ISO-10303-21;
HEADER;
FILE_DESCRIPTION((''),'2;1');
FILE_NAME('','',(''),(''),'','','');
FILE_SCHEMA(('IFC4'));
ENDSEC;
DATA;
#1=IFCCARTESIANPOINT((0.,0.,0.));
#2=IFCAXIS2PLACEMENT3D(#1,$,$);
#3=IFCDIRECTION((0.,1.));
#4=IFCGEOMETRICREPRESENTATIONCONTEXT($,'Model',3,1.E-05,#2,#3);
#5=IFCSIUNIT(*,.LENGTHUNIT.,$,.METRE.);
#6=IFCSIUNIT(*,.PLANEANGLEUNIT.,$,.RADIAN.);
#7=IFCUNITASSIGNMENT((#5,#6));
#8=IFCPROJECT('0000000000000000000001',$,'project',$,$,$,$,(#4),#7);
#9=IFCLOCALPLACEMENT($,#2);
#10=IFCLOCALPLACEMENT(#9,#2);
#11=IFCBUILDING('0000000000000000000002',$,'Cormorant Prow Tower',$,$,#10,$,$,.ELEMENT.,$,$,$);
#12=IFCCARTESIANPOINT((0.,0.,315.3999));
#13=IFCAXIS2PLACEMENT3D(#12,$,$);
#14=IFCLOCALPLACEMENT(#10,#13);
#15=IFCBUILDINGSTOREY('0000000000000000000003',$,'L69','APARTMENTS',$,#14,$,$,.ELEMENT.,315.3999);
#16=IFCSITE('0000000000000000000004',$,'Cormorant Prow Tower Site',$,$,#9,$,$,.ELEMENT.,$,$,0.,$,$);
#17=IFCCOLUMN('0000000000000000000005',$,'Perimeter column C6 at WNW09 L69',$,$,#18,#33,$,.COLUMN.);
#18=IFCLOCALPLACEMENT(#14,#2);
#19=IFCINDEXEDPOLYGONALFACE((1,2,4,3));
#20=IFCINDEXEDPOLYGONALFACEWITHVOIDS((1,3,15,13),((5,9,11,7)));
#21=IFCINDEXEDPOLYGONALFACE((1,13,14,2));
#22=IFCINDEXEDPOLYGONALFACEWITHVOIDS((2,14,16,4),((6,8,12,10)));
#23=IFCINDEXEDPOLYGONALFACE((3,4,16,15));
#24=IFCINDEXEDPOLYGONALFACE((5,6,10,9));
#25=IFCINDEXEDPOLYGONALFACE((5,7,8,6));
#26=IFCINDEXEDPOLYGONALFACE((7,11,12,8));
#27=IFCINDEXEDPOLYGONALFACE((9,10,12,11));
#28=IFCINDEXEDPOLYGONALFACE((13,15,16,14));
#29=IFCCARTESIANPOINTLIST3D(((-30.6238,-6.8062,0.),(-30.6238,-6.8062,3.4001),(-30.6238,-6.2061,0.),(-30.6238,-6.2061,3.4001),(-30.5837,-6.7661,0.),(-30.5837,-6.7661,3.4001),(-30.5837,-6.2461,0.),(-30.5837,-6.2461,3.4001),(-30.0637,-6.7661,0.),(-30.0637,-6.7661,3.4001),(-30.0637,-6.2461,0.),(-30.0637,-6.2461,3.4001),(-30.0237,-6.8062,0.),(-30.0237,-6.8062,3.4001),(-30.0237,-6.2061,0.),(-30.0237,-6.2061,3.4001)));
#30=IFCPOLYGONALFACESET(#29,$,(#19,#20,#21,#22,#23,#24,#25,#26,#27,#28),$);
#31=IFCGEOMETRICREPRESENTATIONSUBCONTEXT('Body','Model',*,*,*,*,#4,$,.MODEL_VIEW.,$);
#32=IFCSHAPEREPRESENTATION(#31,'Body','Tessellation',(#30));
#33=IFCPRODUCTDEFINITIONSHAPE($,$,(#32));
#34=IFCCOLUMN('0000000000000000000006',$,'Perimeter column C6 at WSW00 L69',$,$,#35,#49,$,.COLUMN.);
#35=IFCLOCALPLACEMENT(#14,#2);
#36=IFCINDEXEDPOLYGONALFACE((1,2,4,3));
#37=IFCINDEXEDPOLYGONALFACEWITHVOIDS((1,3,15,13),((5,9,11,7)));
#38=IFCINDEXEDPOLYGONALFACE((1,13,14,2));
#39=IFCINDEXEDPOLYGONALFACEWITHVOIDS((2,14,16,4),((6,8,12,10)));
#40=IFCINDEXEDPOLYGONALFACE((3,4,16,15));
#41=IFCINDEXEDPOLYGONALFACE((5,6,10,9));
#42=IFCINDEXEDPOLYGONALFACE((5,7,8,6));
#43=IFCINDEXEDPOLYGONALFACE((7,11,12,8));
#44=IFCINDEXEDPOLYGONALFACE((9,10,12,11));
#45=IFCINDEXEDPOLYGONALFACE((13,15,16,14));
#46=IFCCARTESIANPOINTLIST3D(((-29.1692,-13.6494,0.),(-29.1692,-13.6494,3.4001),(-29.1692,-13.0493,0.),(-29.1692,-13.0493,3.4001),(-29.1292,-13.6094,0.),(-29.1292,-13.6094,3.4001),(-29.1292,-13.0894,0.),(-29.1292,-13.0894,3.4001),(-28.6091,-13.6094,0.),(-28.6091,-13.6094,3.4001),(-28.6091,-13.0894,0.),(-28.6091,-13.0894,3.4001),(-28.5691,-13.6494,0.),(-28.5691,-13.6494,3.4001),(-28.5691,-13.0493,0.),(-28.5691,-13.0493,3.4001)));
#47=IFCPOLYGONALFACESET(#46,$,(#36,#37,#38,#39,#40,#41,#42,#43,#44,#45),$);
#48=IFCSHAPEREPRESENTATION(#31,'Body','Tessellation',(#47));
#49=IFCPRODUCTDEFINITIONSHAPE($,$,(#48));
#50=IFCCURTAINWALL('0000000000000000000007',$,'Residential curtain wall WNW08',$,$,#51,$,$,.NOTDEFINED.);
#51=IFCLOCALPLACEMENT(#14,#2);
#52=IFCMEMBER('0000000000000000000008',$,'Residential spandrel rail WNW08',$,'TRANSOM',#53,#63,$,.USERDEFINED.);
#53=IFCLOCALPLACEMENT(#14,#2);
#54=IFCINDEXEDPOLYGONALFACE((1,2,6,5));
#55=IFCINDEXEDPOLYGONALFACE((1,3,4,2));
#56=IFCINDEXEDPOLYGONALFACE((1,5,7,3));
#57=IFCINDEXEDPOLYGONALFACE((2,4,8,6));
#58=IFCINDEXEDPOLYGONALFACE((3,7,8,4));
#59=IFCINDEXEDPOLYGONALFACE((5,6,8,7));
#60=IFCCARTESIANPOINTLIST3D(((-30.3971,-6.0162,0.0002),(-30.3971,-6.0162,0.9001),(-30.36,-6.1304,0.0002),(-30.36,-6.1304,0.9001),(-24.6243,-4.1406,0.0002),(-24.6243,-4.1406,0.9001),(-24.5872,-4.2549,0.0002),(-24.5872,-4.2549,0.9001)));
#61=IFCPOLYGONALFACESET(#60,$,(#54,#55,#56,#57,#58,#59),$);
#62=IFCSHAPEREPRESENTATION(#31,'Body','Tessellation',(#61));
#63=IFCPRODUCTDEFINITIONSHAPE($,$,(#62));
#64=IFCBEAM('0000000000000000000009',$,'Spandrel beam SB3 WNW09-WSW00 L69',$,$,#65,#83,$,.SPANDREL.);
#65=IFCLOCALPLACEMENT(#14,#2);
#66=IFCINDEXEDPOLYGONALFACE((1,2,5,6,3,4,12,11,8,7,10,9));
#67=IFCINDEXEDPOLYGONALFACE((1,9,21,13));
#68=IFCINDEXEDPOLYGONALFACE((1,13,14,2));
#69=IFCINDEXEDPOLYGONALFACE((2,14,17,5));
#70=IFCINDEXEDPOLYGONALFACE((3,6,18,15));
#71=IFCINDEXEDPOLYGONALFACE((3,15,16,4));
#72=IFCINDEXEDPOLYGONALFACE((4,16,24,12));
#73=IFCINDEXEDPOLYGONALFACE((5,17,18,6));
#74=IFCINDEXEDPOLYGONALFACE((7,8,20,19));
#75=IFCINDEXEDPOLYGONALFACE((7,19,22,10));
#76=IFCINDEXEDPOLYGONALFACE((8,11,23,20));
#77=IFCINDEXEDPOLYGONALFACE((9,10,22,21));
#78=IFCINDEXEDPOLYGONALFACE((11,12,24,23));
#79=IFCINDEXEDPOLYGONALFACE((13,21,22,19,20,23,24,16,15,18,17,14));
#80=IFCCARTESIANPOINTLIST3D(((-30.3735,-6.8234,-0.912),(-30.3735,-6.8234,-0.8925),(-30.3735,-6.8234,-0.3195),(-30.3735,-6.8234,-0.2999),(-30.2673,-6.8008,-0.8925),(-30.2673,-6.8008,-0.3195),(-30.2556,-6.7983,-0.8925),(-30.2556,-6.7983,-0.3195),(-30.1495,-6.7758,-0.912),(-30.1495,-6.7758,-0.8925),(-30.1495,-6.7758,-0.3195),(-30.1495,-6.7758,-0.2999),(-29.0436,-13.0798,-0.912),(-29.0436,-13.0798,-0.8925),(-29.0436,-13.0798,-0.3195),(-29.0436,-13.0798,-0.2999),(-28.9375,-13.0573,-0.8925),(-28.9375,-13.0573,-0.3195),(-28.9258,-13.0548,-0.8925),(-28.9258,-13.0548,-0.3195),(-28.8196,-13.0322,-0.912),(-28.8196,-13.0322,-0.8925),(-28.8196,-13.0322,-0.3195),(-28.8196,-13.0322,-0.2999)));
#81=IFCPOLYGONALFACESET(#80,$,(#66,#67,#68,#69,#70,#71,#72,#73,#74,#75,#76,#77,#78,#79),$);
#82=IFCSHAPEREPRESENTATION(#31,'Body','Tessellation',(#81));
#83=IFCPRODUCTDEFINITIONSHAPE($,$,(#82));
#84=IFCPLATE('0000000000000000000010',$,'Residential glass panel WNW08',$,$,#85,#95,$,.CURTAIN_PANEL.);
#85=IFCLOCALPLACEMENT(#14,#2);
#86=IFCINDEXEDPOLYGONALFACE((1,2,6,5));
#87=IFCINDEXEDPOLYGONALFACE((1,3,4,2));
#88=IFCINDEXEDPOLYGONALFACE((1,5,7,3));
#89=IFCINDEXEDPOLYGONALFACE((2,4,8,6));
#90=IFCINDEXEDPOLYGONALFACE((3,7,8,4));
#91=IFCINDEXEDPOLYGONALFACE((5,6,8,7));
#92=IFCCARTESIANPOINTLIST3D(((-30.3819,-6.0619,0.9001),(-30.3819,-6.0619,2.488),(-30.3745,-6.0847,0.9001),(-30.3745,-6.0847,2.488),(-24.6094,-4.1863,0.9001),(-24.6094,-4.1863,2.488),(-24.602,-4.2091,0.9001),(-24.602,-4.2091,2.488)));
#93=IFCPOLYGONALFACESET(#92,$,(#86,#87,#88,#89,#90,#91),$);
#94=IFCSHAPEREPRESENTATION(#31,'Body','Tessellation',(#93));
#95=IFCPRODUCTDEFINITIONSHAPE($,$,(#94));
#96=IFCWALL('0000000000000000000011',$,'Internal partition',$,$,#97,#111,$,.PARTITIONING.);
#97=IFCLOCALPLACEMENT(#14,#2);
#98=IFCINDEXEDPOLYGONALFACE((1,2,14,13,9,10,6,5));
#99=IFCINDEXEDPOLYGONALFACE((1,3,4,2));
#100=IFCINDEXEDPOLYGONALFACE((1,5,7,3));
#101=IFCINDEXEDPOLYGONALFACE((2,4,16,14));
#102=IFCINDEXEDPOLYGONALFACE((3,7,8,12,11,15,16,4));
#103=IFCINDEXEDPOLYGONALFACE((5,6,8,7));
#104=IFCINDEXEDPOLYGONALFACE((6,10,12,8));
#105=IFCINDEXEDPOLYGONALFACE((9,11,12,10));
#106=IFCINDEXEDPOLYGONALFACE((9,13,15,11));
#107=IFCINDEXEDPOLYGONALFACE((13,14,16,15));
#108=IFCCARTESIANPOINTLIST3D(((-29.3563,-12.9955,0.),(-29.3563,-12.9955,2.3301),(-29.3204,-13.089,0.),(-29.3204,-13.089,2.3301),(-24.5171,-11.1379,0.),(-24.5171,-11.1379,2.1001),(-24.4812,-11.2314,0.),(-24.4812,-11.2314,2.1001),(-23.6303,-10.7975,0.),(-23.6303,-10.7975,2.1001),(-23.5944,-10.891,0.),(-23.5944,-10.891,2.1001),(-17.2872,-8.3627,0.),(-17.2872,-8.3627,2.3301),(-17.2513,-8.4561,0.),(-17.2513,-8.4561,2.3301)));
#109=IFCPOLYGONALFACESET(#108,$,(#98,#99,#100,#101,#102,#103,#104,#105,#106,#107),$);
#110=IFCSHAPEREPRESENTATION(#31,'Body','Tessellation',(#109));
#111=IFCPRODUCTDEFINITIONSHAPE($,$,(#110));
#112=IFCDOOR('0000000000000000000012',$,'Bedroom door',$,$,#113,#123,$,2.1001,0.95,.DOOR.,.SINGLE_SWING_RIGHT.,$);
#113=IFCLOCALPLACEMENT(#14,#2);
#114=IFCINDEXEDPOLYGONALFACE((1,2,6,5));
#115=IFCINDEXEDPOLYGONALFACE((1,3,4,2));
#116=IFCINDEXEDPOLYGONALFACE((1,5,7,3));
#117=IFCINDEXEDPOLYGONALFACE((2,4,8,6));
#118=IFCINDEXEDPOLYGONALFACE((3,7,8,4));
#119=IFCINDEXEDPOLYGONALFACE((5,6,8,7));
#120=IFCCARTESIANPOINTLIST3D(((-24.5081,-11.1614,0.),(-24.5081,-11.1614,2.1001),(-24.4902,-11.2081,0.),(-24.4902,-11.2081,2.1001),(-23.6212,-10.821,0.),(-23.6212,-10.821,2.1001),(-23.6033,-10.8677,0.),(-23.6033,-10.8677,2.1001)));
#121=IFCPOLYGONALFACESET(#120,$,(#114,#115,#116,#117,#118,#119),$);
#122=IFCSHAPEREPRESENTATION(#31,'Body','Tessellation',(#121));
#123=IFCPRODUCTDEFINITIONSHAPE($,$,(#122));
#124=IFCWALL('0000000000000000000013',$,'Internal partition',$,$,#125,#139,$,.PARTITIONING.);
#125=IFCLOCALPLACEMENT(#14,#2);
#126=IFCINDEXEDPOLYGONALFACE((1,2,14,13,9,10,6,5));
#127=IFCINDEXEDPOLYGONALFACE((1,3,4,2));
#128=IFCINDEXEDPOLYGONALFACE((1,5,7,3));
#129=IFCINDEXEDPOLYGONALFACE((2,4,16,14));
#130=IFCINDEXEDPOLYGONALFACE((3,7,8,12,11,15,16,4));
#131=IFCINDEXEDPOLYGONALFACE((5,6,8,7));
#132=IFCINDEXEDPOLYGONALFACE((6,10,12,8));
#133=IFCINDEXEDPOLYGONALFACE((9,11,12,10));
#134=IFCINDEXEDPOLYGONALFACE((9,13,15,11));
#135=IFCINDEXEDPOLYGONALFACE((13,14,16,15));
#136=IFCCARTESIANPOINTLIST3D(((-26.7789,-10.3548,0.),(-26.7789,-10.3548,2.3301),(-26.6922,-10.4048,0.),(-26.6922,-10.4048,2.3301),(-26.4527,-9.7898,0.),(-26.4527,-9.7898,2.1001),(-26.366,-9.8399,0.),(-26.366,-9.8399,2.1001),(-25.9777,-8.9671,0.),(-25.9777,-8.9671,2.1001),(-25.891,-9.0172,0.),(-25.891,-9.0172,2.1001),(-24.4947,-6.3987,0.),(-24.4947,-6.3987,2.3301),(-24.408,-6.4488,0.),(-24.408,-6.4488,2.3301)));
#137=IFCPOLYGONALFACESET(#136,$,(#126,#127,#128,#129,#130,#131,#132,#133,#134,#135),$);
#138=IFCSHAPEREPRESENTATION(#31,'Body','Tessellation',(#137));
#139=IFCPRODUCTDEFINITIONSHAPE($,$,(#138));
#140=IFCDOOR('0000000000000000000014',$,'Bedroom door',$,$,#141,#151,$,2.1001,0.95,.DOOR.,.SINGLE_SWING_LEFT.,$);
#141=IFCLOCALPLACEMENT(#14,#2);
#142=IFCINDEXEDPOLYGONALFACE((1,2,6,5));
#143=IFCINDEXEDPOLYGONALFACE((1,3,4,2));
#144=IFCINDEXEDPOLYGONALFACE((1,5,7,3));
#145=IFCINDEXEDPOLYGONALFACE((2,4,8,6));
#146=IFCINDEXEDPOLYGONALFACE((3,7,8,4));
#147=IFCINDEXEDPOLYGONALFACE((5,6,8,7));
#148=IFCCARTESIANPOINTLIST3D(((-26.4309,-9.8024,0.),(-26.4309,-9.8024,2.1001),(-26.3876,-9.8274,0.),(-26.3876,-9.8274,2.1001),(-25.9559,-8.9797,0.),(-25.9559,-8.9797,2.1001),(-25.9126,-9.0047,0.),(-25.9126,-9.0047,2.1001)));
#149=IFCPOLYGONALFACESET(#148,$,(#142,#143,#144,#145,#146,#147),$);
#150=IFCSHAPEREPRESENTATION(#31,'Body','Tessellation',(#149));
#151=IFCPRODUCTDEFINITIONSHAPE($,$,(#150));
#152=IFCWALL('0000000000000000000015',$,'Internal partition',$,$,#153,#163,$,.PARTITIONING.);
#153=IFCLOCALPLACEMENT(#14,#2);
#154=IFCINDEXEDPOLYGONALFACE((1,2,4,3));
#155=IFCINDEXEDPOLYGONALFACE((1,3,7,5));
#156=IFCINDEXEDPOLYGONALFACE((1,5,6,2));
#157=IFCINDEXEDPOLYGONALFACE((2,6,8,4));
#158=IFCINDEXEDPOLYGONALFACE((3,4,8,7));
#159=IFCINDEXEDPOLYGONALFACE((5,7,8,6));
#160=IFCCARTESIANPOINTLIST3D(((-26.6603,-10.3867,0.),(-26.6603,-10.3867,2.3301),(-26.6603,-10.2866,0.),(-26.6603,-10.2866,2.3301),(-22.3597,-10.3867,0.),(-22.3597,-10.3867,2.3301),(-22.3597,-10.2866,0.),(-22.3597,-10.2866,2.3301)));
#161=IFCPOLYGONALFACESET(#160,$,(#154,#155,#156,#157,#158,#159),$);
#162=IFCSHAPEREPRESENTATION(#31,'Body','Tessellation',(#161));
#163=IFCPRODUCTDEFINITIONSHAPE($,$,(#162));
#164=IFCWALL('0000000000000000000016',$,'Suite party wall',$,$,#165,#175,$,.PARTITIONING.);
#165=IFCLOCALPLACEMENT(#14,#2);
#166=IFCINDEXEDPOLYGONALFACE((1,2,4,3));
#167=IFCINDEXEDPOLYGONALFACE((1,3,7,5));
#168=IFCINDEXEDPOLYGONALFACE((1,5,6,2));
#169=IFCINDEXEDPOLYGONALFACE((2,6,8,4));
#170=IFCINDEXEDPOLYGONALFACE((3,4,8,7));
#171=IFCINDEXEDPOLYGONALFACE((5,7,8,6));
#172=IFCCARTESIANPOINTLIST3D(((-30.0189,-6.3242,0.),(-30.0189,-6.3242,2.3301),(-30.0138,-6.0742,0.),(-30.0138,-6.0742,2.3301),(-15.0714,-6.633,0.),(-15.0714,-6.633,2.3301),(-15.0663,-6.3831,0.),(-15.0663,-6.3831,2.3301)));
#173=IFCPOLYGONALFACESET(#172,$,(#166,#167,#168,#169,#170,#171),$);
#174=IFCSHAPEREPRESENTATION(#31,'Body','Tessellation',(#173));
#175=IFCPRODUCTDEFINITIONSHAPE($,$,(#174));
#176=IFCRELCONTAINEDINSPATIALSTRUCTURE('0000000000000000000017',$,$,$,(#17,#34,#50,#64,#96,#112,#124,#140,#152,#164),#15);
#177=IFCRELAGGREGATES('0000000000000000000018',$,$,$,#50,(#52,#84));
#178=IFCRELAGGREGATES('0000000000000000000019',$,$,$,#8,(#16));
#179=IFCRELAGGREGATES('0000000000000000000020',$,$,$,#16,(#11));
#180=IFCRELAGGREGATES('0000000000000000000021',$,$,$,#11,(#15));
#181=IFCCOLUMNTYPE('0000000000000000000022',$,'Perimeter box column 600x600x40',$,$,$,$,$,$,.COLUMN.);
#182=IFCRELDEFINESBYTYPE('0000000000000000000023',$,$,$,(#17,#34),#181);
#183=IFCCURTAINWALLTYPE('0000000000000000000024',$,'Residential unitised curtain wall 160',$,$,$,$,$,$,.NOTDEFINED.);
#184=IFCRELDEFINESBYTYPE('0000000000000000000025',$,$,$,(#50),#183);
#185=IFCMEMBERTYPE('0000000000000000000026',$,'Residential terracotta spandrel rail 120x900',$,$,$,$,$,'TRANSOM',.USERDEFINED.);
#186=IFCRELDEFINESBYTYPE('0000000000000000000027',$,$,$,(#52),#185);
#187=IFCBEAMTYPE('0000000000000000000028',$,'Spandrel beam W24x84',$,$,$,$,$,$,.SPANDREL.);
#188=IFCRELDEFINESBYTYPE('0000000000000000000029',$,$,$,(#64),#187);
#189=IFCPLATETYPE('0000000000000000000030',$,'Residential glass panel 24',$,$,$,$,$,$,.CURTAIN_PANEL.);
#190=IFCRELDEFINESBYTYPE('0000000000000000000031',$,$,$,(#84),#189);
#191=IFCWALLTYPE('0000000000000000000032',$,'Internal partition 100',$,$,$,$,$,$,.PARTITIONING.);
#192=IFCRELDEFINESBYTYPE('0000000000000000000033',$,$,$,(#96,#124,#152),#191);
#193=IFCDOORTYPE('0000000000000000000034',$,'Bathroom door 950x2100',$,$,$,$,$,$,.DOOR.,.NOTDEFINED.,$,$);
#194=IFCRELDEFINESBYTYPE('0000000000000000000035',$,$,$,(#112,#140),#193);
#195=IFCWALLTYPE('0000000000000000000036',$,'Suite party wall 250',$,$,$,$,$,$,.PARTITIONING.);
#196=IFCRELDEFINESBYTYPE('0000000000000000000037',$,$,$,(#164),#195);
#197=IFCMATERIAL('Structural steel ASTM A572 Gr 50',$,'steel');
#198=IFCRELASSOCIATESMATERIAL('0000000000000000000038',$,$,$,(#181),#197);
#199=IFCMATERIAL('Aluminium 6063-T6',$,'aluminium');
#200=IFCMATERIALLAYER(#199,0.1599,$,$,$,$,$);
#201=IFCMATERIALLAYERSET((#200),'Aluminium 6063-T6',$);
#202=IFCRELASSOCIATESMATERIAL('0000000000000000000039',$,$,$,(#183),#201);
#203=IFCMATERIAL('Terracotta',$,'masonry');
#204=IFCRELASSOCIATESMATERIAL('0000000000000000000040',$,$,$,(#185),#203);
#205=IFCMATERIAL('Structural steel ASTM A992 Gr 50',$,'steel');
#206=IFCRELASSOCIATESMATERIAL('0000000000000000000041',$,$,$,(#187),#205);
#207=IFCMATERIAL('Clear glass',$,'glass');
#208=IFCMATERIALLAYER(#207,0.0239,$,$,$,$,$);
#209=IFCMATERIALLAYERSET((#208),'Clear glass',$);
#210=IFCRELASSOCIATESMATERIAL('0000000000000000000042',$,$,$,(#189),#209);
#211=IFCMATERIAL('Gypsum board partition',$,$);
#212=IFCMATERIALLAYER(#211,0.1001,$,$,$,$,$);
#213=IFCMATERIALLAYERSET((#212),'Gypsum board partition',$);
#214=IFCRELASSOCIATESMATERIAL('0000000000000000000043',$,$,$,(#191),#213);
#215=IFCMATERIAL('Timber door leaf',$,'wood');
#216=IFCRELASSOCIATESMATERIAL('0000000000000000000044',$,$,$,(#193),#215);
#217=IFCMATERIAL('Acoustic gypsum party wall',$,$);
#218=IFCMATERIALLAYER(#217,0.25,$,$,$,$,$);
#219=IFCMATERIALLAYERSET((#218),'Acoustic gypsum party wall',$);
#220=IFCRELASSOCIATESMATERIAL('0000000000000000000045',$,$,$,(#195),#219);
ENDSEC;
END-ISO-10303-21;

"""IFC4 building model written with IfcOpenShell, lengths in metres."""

from ifc_helpers import new_model, si_unit, direction, frame, frame_2d, origin, origin_2d, place, context, subcontext, project, spatial, rectangle, hollow_rectangle, i_section, extrude, material, layer, layer_set, material_profile, profile_set, type_object, element, fill, aggregate, save


model = new_model("IFC4")

# Units and contexts
model_context = context("Model", 3, precision=1e-05, world=origin(), true_north=direction((0.0, 1.0)))
body_context = subcontext(model_context, "Body", "Model", "MODEL_VIEW")
ifc_project = project(units=[si_unit("LENGTHUNIT", "METRE"), si_unit("PLANEANGLEUNIT", "RADIAN")], contexts=[model_context])

# Site, building, storey
site_placement = place(None, origin())
site = spatial("IfcSite", under=ifc_project, at=site_placement, Name="Cormorant Prow Tower Site", CompositionType="ELEMENT", RefElevation=0.0)
building_placement = place(site_placement, origin())
building = spatial("IfcBuilding", under=site, at=building_placement, Name="Cormorant Prow Tower", CompositionType="ELEMENT")
storey_placement = place(building_placement, frame((0.0, 0.0, 315.3999)))
storey = spatial("IfcBuildingStorey", under=building, at=storey_placement, Name="L69", Description="APARTMENTS", CompositionType="ELEMENT", Elevation=315.3999)

# Columns
ifc_material_1 = material(Name="Structural steel ASTM A572 Gr 50", Category="steel")
ifc_material_profile_1 = material_profile(ifc_material_1, hollow_rectangle(XDim=0.6001, YDim=0.6001, WallThickness=0.04, at=origin_2d()), Name="Box 600x600x40")
ifc_profile_set_1 = profile_set([ifc_material_profile_1], Name="Structural steel ASTM A572 Gr 50")
column_type = type_object("IfcColumnType", Name="Perimeter box column 600x600x40", PredefinedType="COLUMN", material=ifc_profile_set_1)
for number, where, z_axis, x_axis, name in (
    (1, (-30.3237, -6.5061, 0.0), (0.0, 0.0, 1.0), (1.0, 0.0, 0.0), "Perimeter column C6 at WNW09 L69"),
    (2, (-28.8691, -13.3494, 0.0), (0.0, 0.0, 1.0), (1.0, 0.0, 0.0), "Perimeter column C6 at WSW00 L69"),
):
    element("IfcColumn", number, at=place(storey_placement, frame(where, z_axis=z_axis, x_axis=x_axis)), inside=storey, type_object=column_type, Name=name, PredefinedType="COLUMN", context=body_context, shape_type="SweptSolid", body=[
        extrude(hollow_rectangle(XDim=0.6001, YDim=0.6001, WallThickness=0.04, at=origin_2d()), origin(), (0.0, 0.0, 1.0), 3.4001),
    ])

# Curtain wall, member
ifc_material_2 = material(Name="Aluminium 6063-T6", Category="aluminium")
ifc_layer_1 = layer(ifc_material_2, 0.1599)
ifc_layer_set_1 = layer_set([ifc_layer_1], Name="Aluminium 6063-T6")
curtain_wall_type = type_object("IfcCurtainWallType", Name="Residential unitised curtain wall 160", PredefinedType="NOTDEFINED", material=ifc_layer_set_1)
curtain_wall_placement = place(storey_placement, origin())
curtain_wall = element("IfcCurtainWall", 3, at=curtain_wall_placement, inside=storey, type_object=curtain_wall_type, Name="Residential curtain wall WNW08", PredefinedType="NOTDEFINED")
ifc_material_3 = material(Name="Terracotta", Category="masonry")
ifc_material_profile_2 = material_profile(ifc_material_3, rectangle(XDim=0.1201, YDim=0.8999, at=origin_2d()), Name="Residential terracotta spandrel rail 120x900")
ifc_profile_set_2 = profile_set([ifc_material_profile_2], Name="Terracotta")
member_type = type_object("IfcMemberType", Name="Residential terracotta spandrel rail 120x900", ElementType="TRANSOM", PredefinedType="USERDEFINED", material=ifc_profile_set_2)
member_placement = place(storey_placement, frame((-24.6057, -4.1978, 0.4502), z_axis=(-0.951065, -0.308991, 0.0), x_axis=(0.308991, -0.951065, 0.0)))
member = element("IfcMember", 4, at=member_placement, type_object=member_type, Name="Residential spandrel rail WNW08", ObjectType="TRANSOM", PredefinedType="USERDEFINED", context=body_context, shape_type="SweptSolid", body=[
    extrude(rectangle(XDim=0.1201, YDim=0.8999, at=origin_2d()), origin(), (0.0, 0.0, 1.0), 6.0698),
])

# Beam
ifc_material_4 = material(Name="Structural steel ASTM A992 Gr 50", Category="steel")
ifc_material_profile_3 = material_profile(ifc_material_4, i_section(OverallWidth=0.229, OverallDepth=0.6121, WebThickness=0.012, FlangeThickness=0.0195, at=origin_2d()), Name="W24x84")
ifc_profile_set_3 = profile_set([ifc_material_profile_3], Name="Structural steel ASTM A992 Gr 50")
beam_type = type_object("IfcBeamType", Name="Spandrel beam W24x84", PredefinedType="SPANDREL", material=ifc_profile_set_3)
beam_placement = place(storey_placement, frame((-30.2615, -6.7996, -0.606), z_axis=(0.207913, -0.978147, 0.0), x_axis=(0.978147, 0.207913, 0.0)))
element("IfcBeam", 5, at=beam_placement, inside=storey, type_object=beam_type, Name="Spandrel beam SB3 WNW09-WSW00 L69", PredefinedType="SPANDREL", context=body_context, shape_type="SweptSolid", body=[
    extrude(i_section(OverallWidth=0.229, OverallDepth=0.6121, WebThickness=0.012, FlangeThickness=0.0195, at=origin_2d()), origin(), (0.0, 0.0, 1.0), 6.3962),
])

# Plate
ifc_material_5 = material(Name="Clear glass", Category="glass")
ifc_layer_2 = layer(ifc_material_5, 0.0239)
ifc_layer_set_2 = layer_set([ifc_layer_2], Name="Clear glass")
plate_type = type_object("IfcPlateType", Name="Residential glass panel 24", PredefinedType="CURTAIN_PANEL", material=ifc_layer_set_2)
plate_placement = place(storey_placement, frame((-27.4919, -5.1355, 0.9001), z_axis=(0.0, 0.0, 1.0), x_axis=(-0.951057, -0.309017, 0.0)))
plate = element("IfcPlate", 6, at=plate_placement, type_object=plate_type, Name="Residential glass panel WNW08", PredefinedType="CURTAIN_PANEL", context=body_context, shape_type="SweptSolid", body=[
    extrude(rectangle(XDim=6.0696, YDim=0.0239, at=origin_2d()), origin(), (0.0, 0.0, 1.0), 1.5879),
])
aggregate(curtain_wall, [member, plate])

# Walls, openings, doors
ifc_material_6 = material(Name="Gypsum board partition")
ifc_layer_3 = layer(ifc_material_6, 0.1001)
ifc_layer_set_3 = layer_set([ifc_layer_3], Name="Gypsum board partition")
wall_type_1 = type_object("IfcWallType", Name="Internal partition 100", PredefinedType="PARTITIONING", material=ifc_layer_set_3)
wall_1_placement = place(storey_placement, frame((-29.3384, -13.0422, 0.0), z_axis=(0.0, 0.0, 1.0), x_axis=(0.933582, 0.358363, 0.0)))
wall_1 = element("IfcWall", 7, at=wall_1_placement, inside=storey, type_object=wall_type_1, Name="Internal partition", PredefinedType="PARTITIONING", context=body_context, shape_type="SweptSolid", body=[
    extrude(rectangle(XDim=12.9277, YDim=0.1001, at=frame_2d((6.4639, 0.0))), origin(), (0.0, 0.0, 1.0), 2.3301),
])
opening_1_placement = place(wall_1_placement, frame((5.1833, 0.0, 0.0)))
opening_1 = element("IfcOpeningElement", 8, at=opening_1_placement, cuts=wall_1, PredefinedType="OPENING", context=body_context, shape_type="SweptSolid", body=[
    extrude(rectangle(XDim=0.95, YDim=2.1001, at=frame_2d((0.4751, 1.05))), frame((0.0, 0.0601, 0.0), z_axis=(0.0, -1.0, 0.0), x_axis=(1.0, 0.0, 0.0)), (0.0, 0.0, 1.0), 0.1201),
])
ifc_material_7 = material(Name="Timber door leaf", Category="wood")
door_type_1 = type_object("IfcDoorType", Name="Bathroom door 950x2100", OperationType="NOTDEFINED", PredefinedType="DOOR", material=ifc_material_7)
door_1_placement = place(opening_1_placement, origin())
door_1 = element("IfcDoor", 9, at=door_1_placement, inside=storey, type_object=door_type_1, Name="Bedroom door", OperationType="SINGLE_SWING_RIGHT", OverallHeight=2.1001, OverallWidth=0.95, PredefinedType="DOOR", context=body_context, shape_type="SweptSolid", body=[
    extrude(rectangle(XDim=0.95, YDim=2.1001, at=frame_2d((0.4751, 1.05))), frame((0.0, 0.0249, 0.0), z_axis=(0.0, -1.0, 0.0), x_axis=(1.0, 0.0, 0.0)), (0.0, 0.0, 1.0), 0.05),
])
fill(opening_1, door_1)
wall_2_placement = place(storey_placement, frame((-26.7356, -10.3799, 0.0), z_axis=(0.0, 0.0, 1.0), x_axis=(0.500025, 0.866011, 0.0)))
wall_2 = element("IfcWall", 10, at=wall_2_placement, inside=storey, type_object=wall_type_1, Name="Internal partition", PredefinedType="PARTITIONING", context=body_context, shape_type="SweptSolid", body=[
    extrude(rectangle(XDim=4.5681, YDim=0.1001, at=frame_2d((2.2842, 0.0))), origin(), (0.0, 0.0, 1.0), 2.3301),
])
opening_2_placement = place(wall_2_placement, frame((0.6523, 0.0, 0.0)))
opening_2 = element("IfcOpeningElement", 11, at=opening_2_placement, cuts=wall_2, PredefinedType="OPENING", context=body_context, shape_type="SweptSolid", body=[
    extrude(rectangle(XDim=0.95, YDim=2.1001, at=frame_2d((0.4751, 1.05))), frame((0.0, 0.0601, 0.0), z_axis=(0.0, -1.0, 0.0), x_axis=(1.0, 0.0, 0.0)), (0.0, 0.0, 1.0), 0.1201),
])
door_2_placement = place(opening_2_placement, origin())
door_2 = element("IfcDoor", 12, at=door_2_placement, inside=storey, type_object=door_type_1, Name="Bedroom door", OperationType="SINGLE_SWING_LEFT", OverallHeight=2.1001, OverallWidth=0.95, PredefinedType="DOOR", context=body_context, shape_type="SweptSolid", body=[
    extrude(rectangle(XDim=0.95, YDim=2.1001, at=frame_2d((0.4751, 1.05))), frame((0.0, 0.0249, 0.0), z_axis=(0.0, -1.0, 0.0), x_axis=(1.0, 0.0, 0.0)), (0.0, 0.0, 1.0), 0.05),
])
fill(opening_2, door_2)

# Walls
wall_3_placement = place(storey_placement, frame((-26.6604, -10.3367, 0.0), z_axis=(0.0, 0.0, 1.0), x_axis=(1.0, 0.0, 0.0)))
element("IfcWall", 13, at=wall_3_placement, inside=storey, type_object=wall_type_1, Name="Internal partition", PredefinedType="PARTITIONING", context=body_context, shape_type="SweptSolid", body=[
    extrude(rectangle(XDim=4.3005, YDim=0.1001, at=frame_2d((2.1504, 0.0))), origin(), (0.0, 0.0, 1.0), 2.3301),
])
ifc_material_8 = material(Name="Acoustic gypsum party wall")
ifc_layer_4 = layer(ifc_material_8, 0.25)
ifc_layer_set_4 = layer_set([ifc_layer_4], Name="Acoustic gypsum party wall")
wall_type_2 = type_object("IfcWallType", Name="Suite party wall 250", PredefinedType="PARTITIONING", material=ifc_layer_set_4)
wall_4_placement = place(storey_placement, frame((-30.0164, -6.1992, 0.0), z_axis=(0.0, 0.0, 1.0), x_axis=(0.999787, -0.020657, 0.0)))
element("IfcWall", 14, at=wall_4_placement, inside=storey, type_object=wall_type_2, Name="Suite party wall", PredefinedType="PARTITIONING", context=body_context, shape_type="SweptSolid", body=[
    extrude(rectangle(XDim=14.9507, YDim=0.25, at=frame_2d((7.4753, 0.0))), origin(), (0.0, 0.0, 1.0), 2.3301),
])

save(model, "model.ifc")
